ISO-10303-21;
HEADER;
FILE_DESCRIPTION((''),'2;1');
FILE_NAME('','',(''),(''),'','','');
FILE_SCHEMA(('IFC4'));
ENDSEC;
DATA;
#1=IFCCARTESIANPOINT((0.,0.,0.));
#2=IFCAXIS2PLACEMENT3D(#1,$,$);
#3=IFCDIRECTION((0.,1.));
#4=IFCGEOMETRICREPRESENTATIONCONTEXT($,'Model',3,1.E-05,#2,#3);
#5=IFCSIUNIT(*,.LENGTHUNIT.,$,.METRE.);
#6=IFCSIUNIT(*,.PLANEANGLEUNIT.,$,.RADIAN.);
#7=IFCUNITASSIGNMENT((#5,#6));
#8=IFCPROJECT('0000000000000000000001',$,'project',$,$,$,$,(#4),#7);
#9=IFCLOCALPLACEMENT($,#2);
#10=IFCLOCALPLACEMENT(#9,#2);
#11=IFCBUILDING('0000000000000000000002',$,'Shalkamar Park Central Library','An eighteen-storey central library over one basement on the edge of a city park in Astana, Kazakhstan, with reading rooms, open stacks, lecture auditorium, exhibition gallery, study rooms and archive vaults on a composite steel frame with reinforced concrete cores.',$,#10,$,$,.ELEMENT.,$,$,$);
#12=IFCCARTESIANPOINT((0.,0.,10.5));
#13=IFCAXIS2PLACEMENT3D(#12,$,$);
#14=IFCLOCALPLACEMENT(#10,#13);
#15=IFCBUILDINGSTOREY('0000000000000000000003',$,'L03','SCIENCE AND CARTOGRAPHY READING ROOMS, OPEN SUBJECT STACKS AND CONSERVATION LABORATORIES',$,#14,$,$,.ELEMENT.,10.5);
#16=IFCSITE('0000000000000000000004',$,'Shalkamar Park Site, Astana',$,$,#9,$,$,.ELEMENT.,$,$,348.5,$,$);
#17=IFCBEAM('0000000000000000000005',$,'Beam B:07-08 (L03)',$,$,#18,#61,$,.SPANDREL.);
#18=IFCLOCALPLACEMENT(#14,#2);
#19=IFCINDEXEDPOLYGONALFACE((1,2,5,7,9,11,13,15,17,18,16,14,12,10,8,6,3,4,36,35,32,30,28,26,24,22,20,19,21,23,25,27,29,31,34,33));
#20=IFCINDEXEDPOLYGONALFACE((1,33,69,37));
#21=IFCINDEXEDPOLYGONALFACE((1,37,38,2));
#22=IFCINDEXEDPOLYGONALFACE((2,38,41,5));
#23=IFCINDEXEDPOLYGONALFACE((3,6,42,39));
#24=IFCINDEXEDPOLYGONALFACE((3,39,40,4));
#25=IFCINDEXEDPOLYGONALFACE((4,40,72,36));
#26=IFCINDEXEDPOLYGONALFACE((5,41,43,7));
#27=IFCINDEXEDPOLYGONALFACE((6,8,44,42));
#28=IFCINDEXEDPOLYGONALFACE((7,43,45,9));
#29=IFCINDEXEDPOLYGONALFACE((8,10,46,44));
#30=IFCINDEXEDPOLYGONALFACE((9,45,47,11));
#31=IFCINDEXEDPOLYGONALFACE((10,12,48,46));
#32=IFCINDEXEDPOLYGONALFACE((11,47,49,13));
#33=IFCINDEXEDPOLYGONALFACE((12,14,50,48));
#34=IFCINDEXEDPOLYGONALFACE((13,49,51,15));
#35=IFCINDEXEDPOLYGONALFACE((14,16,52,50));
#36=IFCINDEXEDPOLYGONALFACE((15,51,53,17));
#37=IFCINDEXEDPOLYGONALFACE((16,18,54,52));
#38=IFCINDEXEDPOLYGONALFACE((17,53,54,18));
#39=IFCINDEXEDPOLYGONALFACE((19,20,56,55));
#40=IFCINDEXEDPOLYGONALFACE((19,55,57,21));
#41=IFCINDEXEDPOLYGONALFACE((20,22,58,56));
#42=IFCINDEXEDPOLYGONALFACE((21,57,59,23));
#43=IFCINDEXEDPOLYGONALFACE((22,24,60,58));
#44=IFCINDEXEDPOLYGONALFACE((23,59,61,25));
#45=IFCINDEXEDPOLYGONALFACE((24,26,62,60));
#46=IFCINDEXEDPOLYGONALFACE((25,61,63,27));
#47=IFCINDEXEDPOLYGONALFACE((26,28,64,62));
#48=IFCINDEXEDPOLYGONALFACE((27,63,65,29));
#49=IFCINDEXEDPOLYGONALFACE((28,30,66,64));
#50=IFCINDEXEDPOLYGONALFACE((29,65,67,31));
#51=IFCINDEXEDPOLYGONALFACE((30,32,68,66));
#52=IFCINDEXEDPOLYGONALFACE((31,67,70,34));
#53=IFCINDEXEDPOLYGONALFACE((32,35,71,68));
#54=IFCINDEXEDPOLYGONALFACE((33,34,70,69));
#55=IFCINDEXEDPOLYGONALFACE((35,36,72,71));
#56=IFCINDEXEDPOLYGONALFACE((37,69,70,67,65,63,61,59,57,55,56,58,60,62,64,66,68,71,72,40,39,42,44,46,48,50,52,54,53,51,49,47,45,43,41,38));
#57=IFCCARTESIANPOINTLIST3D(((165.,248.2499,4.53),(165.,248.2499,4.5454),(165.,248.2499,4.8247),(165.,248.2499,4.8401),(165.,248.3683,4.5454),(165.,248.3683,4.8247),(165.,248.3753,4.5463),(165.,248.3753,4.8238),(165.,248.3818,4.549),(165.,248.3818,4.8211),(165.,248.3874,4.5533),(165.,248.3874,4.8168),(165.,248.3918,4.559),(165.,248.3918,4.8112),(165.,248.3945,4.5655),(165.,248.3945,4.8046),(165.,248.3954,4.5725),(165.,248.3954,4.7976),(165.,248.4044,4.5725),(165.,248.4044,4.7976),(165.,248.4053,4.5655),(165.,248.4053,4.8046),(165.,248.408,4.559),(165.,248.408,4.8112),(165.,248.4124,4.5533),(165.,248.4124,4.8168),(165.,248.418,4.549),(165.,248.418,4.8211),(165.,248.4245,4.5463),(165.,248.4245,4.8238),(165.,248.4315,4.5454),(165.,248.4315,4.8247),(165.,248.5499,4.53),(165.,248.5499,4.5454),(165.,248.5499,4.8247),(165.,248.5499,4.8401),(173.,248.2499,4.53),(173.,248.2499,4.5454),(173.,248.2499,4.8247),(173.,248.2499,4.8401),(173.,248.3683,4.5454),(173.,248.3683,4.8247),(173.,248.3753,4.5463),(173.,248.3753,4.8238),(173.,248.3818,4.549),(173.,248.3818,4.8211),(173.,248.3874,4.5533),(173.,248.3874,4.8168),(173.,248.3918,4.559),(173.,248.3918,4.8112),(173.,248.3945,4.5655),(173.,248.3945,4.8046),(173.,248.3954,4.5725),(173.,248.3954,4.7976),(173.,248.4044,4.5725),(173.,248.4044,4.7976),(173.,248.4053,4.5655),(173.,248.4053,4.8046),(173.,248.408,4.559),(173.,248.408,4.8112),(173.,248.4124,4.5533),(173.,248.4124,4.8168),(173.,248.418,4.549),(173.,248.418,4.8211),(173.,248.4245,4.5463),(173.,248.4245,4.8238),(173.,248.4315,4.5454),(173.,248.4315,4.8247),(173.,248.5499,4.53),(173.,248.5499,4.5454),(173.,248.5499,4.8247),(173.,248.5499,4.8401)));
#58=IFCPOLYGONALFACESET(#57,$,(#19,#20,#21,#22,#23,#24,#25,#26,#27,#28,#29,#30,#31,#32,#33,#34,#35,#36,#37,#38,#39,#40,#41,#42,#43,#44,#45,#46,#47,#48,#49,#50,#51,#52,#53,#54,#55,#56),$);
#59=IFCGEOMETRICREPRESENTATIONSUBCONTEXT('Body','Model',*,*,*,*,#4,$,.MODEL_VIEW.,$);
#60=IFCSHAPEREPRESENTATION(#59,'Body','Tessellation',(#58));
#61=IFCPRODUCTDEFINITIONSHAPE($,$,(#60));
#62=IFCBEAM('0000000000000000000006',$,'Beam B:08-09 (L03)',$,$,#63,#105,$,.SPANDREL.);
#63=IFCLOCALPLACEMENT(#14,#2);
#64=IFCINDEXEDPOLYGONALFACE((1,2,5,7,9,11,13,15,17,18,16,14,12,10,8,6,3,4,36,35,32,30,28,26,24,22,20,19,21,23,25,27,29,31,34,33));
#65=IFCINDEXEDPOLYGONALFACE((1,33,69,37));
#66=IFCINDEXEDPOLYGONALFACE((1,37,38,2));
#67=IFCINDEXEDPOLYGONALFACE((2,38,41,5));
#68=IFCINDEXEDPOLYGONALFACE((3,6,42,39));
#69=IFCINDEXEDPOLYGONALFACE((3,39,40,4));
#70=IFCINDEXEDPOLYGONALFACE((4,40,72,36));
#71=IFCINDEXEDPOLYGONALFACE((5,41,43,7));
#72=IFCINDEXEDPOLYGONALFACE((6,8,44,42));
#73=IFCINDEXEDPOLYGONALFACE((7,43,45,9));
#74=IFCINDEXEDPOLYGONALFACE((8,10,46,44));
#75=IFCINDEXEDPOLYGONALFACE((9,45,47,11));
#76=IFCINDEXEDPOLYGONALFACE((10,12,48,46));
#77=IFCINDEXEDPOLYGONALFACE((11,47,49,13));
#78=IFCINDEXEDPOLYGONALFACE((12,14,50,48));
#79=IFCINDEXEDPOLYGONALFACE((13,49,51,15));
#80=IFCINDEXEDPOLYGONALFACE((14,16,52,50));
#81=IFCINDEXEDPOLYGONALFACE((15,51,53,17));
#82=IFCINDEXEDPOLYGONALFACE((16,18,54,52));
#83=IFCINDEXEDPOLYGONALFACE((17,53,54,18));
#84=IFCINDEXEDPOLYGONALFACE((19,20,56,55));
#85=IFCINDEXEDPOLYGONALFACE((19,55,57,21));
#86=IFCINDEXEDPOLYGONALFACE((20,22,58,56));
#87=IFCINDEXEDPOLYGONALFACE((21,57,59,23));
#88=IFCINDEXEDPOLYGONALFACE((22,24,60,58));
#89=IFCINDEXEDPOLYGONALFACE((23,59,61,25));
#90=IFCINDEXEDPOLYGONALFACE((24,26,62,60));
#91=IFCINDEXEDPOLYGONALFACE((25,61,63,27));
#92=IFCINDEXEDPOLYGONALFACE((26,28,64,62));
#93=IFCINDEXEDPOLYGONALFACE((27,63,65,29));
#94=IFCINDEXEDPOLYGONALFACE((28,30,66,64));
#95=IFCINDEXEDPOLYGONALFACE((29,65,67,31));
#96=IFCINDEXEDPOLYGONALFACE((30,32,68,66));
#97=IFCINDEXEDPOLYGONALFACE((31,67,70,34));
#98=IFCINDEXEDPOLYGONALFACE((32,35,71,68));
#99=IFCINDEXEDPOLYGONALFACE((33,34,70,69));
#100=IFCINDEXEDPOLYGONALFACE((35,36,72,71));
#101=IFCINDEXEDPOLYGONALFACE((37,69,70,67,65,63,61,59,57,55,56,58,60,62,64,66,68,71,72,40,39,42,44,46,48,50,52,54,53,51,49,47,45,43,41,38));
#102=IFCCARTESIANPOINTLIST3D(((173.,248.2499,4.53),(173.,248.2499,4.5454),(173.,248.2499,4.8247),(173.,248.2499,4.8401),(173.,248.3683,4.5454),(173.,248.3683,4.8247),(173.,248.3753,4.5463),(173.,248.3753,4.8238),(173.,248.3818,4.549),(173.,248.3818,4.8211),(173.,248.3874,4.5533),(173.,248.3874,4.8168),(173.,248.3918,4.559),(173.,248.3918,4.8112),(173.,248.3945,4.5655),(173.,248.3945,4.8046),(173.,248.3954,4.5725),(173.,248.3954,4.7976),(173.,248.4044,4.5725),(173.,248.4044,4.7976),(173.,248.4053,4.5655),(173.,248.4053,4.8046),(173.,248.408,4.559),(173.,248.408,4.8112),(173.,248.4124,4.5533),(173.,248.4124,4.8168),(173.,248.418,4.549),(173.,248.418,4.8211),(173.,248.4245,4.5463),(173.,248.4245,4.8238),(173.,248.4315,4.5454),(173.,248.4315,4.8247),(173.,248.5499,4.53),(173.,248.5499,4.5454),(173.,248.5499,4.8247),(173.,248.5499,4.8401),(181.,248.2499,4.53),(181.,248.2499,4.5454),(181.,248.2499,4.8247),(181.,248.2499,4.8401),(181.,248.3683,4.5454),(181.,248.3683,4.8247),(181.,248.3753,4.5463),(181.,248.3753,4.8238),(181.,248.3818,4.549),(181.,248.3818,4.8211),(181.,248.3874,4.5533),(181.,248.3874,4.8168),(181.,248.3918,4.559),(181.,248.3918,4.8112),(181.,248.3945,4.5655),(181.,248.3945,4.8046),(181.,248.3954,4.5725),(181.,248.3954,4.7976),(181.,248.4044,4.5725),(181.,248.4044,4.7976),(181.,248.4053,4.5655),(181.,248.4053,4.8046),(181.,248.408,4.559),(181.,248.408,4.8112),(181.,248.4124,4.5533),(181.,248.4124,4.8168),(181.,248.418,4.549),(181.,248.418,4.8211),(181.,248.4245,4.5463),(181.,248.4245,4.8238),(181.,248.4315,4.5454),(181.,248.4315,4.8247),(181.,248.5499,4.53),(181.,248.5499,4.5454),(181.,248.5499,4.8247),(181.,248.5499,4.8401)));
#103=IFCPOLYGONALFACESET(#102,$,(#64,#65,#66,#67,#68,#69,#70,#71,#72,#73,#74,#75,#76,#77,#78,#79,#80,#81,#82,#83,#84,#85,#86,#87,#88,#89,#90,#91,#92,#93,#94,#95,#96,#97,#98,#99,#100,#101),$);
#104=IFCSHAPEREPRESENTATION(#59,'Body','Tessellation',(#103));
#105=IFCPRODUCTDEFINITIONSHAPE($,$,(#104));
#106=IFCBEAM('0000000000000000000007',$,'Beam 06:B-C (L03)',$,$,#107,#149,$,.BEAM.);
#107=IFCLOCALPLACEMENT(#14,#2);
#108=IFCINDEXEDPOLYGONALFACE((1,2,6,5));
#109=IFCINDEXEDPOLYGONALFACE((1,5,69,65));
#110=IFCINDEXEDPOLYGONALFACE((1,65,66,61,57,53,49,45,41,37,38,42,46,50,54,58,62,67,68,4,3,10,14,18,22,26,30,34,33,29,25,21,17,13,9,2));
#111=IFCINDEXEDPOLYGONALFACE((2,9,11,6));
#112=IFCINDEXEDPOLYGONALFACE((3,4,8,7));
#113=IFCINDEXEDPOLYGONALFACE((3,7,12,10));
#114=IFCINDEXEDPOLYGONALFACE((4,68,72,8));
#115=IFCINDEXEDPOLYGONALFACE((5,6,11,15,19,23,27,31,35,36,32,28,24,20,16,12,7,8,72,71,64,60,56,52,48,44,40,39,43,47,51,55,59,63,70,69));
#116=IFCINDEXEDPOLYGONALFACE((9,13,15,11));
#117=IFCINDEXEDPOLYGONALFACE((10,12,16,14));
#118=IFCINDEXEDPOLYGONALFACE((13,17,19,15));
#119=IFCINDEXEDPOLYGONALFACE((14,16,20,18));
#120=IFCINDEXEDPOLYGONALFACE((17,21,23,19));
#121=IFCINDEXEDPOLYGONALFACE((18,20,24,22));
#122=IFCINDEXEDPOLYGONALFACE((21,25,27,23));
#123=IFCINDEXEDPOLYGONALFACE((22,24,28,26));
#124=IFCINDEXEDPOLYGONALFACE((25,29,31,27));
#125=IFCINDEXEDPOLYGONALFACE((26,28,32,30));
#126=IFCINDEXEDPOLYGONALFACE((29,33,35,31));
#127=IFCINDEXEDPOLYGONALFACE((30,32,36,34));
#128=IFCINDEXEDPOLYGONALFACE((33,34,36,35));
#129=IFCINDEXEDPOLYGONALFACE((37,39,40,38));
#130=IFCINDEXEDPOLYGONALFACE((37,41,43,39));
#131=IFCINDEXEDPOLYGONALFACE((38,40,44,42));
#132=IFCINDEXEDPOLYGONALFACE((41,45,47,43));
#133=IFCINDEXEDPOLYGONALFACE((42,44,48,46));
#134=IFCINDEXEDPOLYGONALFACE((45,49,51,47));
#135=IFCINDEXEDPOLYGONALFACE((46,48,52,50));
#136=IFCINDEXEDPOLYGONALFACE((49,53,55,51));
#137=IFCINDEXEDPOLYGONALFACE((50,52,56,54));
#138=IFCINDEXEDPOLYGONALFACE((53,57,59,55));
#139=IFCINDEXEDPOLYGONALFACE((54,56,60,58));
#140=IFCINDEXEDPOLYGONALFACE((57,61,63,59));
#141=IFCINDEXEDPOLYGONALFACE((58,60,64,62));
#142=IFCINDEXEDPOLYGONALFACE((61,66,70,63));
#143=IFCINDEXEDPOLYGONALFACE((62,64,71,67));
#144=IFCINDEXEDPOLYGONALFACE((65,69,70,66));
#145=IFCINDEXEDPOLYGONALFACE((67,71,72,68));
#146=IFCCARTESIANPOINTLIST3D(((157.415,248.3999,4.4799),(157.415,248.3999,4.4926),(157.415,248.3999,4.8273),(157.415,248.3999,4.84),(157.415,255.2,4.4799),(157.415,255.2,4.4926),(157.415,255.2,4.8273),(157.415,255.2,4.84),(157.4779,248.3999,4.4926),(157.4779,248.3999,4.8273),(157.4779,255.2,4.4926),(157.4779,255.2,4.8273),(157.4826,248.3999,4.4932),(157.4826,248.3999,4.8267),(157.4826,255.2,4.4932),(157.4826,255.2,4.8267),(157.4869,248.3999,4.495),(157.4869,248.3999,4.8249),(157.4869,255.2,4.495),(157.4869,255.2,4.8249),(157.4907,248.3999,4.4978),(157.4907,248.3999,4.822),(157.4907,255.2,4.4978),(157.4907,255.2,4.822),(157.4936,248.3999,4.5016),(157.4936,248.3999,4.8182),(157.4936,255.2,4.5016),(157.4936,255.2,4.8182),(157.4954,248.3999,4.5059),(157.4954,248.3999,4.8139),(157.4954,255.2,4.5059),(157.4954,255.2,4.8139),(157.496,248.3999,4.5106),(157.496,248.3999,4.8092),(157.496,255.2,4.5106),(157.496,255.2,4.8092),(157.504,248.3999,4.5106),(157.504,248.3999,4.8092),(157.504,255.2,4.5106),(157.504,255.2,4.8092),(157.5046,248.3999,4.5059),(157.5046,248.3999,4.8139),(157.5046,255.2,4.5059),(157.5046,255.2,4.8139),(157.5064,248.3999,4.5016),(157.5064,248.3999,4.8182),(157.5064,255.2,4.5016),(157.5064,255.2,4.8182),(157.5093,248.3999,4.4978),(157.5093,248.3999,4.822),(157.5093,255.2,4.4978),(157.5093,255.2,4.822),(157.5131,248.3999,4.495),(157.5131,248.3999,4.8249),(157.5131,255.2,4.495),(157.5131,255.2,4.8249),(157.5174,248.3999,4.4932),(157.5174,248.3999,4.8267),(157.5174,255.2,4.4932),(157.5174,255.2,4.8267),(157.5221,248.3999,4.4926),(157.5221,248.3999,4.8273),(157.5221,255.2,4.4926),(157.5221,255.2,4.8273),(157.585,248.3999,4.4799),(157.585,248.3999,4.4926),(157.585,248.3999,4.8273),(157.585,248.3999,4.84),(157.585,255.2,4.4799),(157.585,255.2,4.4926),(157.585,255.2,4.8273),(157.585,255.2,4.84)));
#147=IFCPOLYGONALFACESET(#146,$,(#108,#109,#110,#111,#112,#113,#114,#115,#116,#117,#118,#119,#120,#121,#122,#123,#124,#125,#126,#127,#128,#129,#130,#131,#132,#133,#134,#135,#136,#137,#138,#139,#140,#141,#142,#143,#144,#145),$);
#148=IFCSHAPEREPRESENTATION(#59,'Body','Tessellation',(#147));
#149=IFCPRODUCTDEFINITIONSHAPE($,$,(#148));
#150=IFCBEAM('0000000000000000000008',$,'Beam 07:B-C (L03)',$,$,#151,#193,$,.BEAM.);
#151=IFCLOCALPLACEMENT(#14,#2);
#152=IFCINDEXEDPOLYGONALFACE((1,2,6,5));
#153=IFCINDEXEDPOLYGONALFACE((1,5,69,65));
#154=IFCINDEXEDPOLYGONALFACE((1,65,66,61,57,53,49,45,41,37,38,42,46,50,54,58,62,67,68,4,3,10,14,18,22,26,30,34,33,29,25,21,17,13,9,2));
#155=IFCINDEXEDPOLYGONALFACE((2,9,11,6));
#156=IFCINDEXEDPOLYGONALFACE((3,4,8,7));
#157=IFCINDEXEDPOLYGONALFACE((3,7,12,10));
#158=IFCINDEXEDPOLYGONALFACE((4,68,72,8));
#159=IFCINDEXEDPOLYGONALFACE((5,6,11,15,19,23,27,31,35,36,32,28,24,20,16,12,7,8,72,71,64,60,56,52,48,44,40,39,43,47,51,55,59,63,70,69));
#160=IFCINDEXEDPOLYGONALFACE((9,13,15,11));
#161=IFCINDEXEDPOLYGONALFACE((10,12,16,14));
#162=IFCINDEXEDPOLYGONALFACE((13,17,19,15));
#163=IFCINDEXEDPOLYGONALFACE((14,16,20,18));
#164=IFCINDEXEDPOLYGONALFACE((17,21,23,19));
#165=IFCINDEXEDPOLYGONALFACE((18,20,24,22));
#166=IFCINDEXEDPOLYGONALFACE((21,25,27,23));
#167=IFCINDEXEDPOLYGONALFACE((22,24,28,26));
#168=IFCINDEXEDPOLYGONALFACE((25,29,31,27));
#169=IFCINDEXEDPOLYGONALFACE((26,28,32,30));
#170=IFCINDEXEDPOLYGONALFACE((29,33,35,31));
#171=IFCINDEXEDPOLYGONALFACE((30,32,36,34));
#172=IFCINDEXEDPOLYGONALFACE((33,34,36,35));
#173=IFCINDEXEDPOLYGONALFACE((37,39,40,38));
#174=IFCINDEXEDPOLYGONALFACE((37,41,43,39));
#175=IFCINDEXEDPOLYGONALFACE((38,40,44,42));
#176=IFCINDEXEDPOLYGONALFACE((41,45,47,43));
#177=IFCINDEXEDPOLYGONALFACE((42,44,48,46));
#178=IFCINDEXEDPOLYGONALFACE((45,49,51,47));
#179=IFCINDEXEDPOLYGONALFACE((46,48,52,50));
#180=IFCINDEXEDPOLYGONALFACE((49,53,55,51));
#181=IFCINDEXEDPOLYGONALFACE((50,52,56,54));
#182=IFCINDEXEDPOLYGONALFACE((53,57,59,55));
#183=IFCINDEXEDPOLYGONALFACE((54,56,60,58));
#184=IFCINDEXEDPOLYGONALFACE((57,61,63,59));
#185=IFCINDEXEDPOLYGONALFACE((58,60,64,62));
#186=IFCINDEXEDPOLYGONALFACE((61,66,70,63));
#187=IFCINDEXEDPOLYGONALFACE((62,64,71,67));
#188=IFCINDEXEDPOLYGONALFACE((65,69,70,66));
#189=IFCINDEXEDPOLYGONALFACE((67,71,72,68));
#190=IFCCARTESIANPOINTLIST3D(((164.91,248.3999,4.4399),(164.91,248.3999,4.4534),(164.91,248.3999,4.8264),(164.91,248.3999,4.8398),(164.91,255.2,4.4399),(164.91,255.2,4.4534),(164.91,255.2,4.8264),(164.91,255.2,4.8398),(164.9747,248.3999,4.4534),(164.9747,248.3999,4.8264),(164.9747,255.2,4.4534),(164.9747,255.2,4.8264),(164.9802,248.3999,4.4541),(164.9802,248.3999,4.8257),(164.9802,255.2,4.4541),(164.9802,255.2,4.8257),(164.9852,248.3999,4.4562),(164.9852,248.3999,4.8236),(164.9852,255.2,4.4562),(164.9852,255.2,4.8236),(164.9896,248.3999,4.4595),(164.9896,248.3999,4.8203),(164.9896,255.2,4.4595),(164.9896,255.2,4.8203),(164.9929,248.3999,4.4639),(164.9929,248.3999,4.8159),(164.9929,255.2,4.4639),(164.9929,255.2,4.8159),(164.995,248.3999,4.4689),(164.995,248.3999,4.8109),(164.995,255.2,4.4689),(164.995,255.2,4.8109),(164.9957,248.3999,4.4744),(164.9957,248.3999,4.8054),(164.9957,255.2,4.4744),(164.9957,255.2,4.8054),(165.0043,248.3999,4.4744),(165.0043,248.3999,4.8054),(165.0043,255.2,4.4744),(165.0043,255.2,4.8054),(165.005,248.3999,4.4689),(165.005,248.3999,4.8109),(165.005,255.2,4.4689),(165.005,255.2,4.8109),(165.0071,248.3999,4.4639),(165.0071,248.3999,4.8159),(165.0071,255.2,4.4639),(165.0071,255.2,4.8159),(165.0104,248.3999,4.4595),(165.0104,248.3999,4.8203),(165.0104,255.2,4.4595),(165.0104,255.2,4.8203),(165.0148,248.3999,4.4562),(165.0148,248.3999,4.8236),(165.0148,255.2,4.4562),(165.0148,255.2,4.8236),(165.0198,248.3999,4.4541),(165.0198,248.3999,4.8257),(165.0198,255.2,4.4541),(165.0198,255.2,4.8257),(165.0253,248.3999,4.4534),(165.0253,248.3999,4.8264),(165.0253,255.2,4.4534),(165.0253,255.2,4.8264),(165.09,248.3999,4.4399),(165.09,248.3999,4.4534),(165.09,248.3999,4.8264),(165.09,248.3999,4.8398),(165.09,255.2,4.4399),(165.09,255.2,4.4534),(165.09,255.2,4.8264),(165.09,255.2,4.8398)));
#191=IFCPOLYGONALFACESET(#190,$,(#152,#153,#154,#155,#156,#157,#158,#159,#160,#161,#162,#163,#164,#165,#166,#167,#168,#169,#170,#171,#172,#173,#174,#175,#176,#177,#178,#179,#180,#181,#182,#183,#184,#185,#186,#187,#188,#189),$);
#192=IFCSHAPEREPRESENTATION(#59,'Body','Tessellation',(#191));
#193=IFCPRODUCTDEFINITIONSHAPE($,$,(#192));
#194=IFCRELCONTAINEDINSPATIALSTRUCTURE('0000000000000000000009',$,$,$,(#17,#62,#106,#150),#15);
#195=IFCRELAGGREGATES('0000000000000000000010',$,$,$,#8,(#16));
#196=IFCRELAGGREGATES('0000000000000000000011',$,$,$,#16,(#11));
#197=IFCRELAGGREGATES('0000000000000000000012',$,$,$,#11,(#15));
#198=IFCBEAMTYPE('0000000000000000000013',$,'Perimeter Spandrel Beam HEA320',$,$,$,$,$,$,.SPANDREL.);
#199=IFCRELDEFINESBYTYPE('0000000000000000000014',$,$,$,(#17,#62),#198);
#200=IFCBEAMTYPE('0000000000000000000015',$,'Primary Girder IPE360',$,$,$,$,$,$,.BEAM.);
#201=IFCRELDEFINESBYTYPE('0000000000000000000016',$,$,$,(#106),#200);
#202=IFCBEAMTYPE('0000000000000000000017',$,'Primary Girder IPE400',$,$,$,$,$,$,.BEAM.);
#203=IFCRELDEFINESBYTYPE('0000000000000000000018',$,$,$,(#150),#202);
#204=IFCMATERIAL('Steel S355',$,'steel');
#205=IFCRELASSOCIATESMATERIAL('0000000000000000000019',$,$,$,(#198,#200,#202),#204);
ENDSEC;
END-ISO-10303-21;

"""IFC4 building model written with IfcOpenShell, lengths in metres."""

from ifc_helpers import new_model, si_unit, direction, frame, origin, origin_2d, place, context, subcontext, project, spatial, i_section, extrude, material, material_profile, profile_set, type_object, element, save


model = new_model("IFC4")

# Units and contexts
model_context = context("Model", 3, precision=1e-05, world=origin(), true_north=direction((0.0, 1.0)))
body_context = subcontext(model_context, "Body", "Model", "MODEL_VIEW")
ifc_project = project(units=[si_unit("LENGTHUNIT", "METRE"), si_unit("PLANEANGLEUNIT", "RADIAN")], contexts=[model_context])

# Site, building, storey
site_placement = place(None, origin())
site = spatial("IfcSite", under=ifc_project, at=site_placement, Name="Shalkamar Park Site, Astana", CompositionType="ELEMENT", RefElevation=348.5)
building_placement = place(site_placement, origin())
building = spatial("IfcBuilding", under=site, at=building_placement, Name="Shalkamar Park Central Library", Description="An eighteen-storey central library over one basement on the edge of a city park in Astana, Kazakhstan, with reading rooms, open stacks, lecture auditorium, exhibition gallery, study rooms and archive vaults on a composite steel frame with reinforced concrete cores.", CompositionType="ELEMENT")
storey_placement = place(building_placement, frame((0.0, 0.0, 10.5)))
storey = spatial("IfcBuildingStorey", under=building, at=storey_placement, Name="L03", Description="SCIENCE AND CARTOGRAPHY READING ROOMS, OPEN SUBJECT STACKS AND CONSERVATION LABORATORIES", CompositionType="ELEMENT", Elevation=10.5)

# Shared definitions
ifc_material_1 = material(Name="Steel S355", Category="steel")

# Beams
ifc_material_profile_1 = material_profile(ifc_material_1, i_section(OverallWidth=0.3, OverallDepth=0.3101, WebThickness=0.009, FlangeThickness=0.0154, FilletRadius=0.0271, at=origin_2d()), Name="HEA 320")
ifc_profile_set_1 = profile_set([ifc_material_profile_1], Name="Steel S355")
beam_type_1 = type_object("IfcBeamType", Name="Perimeter Spandrel Beam HEA320", PredefinedType="SPANDREL", material=ifc_profile_set_1)
for number, where, z_axis, x_axis, name in (
    (1, (165.0, 248.3999, 4.6851), (1.0, 0.0, 0.0), (0.0, 1.0, 0.0), "Beam B:07-08 (L03)"),
    (2, (173.0, 248.3999, 4.6851), (1.0, 0.0, 0.0), (0.0, 1.0, 0.0), "Beam B:08-09 (L03)"),
):
    element("IfcBeam", number, at=place(storey_placement, frame(where, z_axis=z_axis, x_axis=x_axis)), inside=storey, type_object=beam_type_1, Name=name, PredefinedType="SPANDREL", context=body_context, shape_type="SweptSolid", body=[
        extrude(i_section(OverallWidth=0.3, OverallDepth=0.3101, WebThickness=0.009, FlangeThickness=0.0154, FilletRadius=0.0271, at=origin_2d()), origin(), (0.0, 0.0, 1.0), 8.0),
    ])
ifc_material_profile_2 = material_profile(ifc_material_1, i_section(OverallWidth=0.1699, OverallDepth=0.3601, WebThickness=0.0081, FlangeThickness=0.0127, FilletRadius=0.0181, at=origin_2d()), Name="IPE 360")
ifc_profile_set_2 = profile_set([ifc_material_profile_2], Name="Steel S355")
beam_type_2 = type_object("IfcBeamType", Name="Primary Girder IPE360", PredefinedType="BEAM", material=ifc_profile_set_2)
beam_1_placement = place(storey_placement, frame((157.5, 248.3999, 4.6599), z_axis=(0.0, 1.0, 0.0), x_axis=(-1.0, 0.0, 0.0)))
element("IfcBeam", 3, at=beam_1_placement, inside=storey, type_object=beam_type_2, Name="Beam 06:B-C (L03)", PredefinedType="BEAM", context=body_context, shape_type="SweptSolid", body=[
    extrude(i_section(OverallWidth=0.1699, OverallDepth=0.3601, WebThickness=0.0081, FlangeThickness=0.0127, FilletRadius=0.0181, at=origin_2d()), origin(), (0.0, 0.0, 1.0), 6.8),
])
ifc_material_profile_3 = material_profile(ifc_material_1, i_section(OverallWidth=0.1799, OverallDepth=0.3999, WebThickness=0.0085, FlangeThickness=0.0134, FilletRadius=0.021, at=origin_2d()), Name="IPE 400")
ifc_profile_set_3 = profile_set([ifc_material_profile_3], Name="Steel S355")
beam_type_3 = type_object("IfcBeamType", Name="Primary Girder IPE400", PredefinedType="BEAM", material=ifc_profile_set_3)
beam_2_placement = place(storey_placement, frame((165.0, 248.3999, 4.6399), z_axis=(0.0, 1.0, 0.0), x_axis=(-1.0, 0.0, 0.0)))
element("IfcBeam", 4, at=beam_2_placement, inside=storey, type_object=beam_type_3, Name="Beam 07:B-C (L03)", PredefinedType="BEAM", context=body_context, shape_type="SweptSolid", body=[
    extrude(i_section(OverallWidth=0.1799, OverallDepth=0.3999, WebThickness=0.0085, FlangeThickness=0.0134, FilletRadius=0.021, at=origin_2d()), origin(), (0.0, 0.0, 1.0), 6.8),
])

save(model, "model.ifc")
